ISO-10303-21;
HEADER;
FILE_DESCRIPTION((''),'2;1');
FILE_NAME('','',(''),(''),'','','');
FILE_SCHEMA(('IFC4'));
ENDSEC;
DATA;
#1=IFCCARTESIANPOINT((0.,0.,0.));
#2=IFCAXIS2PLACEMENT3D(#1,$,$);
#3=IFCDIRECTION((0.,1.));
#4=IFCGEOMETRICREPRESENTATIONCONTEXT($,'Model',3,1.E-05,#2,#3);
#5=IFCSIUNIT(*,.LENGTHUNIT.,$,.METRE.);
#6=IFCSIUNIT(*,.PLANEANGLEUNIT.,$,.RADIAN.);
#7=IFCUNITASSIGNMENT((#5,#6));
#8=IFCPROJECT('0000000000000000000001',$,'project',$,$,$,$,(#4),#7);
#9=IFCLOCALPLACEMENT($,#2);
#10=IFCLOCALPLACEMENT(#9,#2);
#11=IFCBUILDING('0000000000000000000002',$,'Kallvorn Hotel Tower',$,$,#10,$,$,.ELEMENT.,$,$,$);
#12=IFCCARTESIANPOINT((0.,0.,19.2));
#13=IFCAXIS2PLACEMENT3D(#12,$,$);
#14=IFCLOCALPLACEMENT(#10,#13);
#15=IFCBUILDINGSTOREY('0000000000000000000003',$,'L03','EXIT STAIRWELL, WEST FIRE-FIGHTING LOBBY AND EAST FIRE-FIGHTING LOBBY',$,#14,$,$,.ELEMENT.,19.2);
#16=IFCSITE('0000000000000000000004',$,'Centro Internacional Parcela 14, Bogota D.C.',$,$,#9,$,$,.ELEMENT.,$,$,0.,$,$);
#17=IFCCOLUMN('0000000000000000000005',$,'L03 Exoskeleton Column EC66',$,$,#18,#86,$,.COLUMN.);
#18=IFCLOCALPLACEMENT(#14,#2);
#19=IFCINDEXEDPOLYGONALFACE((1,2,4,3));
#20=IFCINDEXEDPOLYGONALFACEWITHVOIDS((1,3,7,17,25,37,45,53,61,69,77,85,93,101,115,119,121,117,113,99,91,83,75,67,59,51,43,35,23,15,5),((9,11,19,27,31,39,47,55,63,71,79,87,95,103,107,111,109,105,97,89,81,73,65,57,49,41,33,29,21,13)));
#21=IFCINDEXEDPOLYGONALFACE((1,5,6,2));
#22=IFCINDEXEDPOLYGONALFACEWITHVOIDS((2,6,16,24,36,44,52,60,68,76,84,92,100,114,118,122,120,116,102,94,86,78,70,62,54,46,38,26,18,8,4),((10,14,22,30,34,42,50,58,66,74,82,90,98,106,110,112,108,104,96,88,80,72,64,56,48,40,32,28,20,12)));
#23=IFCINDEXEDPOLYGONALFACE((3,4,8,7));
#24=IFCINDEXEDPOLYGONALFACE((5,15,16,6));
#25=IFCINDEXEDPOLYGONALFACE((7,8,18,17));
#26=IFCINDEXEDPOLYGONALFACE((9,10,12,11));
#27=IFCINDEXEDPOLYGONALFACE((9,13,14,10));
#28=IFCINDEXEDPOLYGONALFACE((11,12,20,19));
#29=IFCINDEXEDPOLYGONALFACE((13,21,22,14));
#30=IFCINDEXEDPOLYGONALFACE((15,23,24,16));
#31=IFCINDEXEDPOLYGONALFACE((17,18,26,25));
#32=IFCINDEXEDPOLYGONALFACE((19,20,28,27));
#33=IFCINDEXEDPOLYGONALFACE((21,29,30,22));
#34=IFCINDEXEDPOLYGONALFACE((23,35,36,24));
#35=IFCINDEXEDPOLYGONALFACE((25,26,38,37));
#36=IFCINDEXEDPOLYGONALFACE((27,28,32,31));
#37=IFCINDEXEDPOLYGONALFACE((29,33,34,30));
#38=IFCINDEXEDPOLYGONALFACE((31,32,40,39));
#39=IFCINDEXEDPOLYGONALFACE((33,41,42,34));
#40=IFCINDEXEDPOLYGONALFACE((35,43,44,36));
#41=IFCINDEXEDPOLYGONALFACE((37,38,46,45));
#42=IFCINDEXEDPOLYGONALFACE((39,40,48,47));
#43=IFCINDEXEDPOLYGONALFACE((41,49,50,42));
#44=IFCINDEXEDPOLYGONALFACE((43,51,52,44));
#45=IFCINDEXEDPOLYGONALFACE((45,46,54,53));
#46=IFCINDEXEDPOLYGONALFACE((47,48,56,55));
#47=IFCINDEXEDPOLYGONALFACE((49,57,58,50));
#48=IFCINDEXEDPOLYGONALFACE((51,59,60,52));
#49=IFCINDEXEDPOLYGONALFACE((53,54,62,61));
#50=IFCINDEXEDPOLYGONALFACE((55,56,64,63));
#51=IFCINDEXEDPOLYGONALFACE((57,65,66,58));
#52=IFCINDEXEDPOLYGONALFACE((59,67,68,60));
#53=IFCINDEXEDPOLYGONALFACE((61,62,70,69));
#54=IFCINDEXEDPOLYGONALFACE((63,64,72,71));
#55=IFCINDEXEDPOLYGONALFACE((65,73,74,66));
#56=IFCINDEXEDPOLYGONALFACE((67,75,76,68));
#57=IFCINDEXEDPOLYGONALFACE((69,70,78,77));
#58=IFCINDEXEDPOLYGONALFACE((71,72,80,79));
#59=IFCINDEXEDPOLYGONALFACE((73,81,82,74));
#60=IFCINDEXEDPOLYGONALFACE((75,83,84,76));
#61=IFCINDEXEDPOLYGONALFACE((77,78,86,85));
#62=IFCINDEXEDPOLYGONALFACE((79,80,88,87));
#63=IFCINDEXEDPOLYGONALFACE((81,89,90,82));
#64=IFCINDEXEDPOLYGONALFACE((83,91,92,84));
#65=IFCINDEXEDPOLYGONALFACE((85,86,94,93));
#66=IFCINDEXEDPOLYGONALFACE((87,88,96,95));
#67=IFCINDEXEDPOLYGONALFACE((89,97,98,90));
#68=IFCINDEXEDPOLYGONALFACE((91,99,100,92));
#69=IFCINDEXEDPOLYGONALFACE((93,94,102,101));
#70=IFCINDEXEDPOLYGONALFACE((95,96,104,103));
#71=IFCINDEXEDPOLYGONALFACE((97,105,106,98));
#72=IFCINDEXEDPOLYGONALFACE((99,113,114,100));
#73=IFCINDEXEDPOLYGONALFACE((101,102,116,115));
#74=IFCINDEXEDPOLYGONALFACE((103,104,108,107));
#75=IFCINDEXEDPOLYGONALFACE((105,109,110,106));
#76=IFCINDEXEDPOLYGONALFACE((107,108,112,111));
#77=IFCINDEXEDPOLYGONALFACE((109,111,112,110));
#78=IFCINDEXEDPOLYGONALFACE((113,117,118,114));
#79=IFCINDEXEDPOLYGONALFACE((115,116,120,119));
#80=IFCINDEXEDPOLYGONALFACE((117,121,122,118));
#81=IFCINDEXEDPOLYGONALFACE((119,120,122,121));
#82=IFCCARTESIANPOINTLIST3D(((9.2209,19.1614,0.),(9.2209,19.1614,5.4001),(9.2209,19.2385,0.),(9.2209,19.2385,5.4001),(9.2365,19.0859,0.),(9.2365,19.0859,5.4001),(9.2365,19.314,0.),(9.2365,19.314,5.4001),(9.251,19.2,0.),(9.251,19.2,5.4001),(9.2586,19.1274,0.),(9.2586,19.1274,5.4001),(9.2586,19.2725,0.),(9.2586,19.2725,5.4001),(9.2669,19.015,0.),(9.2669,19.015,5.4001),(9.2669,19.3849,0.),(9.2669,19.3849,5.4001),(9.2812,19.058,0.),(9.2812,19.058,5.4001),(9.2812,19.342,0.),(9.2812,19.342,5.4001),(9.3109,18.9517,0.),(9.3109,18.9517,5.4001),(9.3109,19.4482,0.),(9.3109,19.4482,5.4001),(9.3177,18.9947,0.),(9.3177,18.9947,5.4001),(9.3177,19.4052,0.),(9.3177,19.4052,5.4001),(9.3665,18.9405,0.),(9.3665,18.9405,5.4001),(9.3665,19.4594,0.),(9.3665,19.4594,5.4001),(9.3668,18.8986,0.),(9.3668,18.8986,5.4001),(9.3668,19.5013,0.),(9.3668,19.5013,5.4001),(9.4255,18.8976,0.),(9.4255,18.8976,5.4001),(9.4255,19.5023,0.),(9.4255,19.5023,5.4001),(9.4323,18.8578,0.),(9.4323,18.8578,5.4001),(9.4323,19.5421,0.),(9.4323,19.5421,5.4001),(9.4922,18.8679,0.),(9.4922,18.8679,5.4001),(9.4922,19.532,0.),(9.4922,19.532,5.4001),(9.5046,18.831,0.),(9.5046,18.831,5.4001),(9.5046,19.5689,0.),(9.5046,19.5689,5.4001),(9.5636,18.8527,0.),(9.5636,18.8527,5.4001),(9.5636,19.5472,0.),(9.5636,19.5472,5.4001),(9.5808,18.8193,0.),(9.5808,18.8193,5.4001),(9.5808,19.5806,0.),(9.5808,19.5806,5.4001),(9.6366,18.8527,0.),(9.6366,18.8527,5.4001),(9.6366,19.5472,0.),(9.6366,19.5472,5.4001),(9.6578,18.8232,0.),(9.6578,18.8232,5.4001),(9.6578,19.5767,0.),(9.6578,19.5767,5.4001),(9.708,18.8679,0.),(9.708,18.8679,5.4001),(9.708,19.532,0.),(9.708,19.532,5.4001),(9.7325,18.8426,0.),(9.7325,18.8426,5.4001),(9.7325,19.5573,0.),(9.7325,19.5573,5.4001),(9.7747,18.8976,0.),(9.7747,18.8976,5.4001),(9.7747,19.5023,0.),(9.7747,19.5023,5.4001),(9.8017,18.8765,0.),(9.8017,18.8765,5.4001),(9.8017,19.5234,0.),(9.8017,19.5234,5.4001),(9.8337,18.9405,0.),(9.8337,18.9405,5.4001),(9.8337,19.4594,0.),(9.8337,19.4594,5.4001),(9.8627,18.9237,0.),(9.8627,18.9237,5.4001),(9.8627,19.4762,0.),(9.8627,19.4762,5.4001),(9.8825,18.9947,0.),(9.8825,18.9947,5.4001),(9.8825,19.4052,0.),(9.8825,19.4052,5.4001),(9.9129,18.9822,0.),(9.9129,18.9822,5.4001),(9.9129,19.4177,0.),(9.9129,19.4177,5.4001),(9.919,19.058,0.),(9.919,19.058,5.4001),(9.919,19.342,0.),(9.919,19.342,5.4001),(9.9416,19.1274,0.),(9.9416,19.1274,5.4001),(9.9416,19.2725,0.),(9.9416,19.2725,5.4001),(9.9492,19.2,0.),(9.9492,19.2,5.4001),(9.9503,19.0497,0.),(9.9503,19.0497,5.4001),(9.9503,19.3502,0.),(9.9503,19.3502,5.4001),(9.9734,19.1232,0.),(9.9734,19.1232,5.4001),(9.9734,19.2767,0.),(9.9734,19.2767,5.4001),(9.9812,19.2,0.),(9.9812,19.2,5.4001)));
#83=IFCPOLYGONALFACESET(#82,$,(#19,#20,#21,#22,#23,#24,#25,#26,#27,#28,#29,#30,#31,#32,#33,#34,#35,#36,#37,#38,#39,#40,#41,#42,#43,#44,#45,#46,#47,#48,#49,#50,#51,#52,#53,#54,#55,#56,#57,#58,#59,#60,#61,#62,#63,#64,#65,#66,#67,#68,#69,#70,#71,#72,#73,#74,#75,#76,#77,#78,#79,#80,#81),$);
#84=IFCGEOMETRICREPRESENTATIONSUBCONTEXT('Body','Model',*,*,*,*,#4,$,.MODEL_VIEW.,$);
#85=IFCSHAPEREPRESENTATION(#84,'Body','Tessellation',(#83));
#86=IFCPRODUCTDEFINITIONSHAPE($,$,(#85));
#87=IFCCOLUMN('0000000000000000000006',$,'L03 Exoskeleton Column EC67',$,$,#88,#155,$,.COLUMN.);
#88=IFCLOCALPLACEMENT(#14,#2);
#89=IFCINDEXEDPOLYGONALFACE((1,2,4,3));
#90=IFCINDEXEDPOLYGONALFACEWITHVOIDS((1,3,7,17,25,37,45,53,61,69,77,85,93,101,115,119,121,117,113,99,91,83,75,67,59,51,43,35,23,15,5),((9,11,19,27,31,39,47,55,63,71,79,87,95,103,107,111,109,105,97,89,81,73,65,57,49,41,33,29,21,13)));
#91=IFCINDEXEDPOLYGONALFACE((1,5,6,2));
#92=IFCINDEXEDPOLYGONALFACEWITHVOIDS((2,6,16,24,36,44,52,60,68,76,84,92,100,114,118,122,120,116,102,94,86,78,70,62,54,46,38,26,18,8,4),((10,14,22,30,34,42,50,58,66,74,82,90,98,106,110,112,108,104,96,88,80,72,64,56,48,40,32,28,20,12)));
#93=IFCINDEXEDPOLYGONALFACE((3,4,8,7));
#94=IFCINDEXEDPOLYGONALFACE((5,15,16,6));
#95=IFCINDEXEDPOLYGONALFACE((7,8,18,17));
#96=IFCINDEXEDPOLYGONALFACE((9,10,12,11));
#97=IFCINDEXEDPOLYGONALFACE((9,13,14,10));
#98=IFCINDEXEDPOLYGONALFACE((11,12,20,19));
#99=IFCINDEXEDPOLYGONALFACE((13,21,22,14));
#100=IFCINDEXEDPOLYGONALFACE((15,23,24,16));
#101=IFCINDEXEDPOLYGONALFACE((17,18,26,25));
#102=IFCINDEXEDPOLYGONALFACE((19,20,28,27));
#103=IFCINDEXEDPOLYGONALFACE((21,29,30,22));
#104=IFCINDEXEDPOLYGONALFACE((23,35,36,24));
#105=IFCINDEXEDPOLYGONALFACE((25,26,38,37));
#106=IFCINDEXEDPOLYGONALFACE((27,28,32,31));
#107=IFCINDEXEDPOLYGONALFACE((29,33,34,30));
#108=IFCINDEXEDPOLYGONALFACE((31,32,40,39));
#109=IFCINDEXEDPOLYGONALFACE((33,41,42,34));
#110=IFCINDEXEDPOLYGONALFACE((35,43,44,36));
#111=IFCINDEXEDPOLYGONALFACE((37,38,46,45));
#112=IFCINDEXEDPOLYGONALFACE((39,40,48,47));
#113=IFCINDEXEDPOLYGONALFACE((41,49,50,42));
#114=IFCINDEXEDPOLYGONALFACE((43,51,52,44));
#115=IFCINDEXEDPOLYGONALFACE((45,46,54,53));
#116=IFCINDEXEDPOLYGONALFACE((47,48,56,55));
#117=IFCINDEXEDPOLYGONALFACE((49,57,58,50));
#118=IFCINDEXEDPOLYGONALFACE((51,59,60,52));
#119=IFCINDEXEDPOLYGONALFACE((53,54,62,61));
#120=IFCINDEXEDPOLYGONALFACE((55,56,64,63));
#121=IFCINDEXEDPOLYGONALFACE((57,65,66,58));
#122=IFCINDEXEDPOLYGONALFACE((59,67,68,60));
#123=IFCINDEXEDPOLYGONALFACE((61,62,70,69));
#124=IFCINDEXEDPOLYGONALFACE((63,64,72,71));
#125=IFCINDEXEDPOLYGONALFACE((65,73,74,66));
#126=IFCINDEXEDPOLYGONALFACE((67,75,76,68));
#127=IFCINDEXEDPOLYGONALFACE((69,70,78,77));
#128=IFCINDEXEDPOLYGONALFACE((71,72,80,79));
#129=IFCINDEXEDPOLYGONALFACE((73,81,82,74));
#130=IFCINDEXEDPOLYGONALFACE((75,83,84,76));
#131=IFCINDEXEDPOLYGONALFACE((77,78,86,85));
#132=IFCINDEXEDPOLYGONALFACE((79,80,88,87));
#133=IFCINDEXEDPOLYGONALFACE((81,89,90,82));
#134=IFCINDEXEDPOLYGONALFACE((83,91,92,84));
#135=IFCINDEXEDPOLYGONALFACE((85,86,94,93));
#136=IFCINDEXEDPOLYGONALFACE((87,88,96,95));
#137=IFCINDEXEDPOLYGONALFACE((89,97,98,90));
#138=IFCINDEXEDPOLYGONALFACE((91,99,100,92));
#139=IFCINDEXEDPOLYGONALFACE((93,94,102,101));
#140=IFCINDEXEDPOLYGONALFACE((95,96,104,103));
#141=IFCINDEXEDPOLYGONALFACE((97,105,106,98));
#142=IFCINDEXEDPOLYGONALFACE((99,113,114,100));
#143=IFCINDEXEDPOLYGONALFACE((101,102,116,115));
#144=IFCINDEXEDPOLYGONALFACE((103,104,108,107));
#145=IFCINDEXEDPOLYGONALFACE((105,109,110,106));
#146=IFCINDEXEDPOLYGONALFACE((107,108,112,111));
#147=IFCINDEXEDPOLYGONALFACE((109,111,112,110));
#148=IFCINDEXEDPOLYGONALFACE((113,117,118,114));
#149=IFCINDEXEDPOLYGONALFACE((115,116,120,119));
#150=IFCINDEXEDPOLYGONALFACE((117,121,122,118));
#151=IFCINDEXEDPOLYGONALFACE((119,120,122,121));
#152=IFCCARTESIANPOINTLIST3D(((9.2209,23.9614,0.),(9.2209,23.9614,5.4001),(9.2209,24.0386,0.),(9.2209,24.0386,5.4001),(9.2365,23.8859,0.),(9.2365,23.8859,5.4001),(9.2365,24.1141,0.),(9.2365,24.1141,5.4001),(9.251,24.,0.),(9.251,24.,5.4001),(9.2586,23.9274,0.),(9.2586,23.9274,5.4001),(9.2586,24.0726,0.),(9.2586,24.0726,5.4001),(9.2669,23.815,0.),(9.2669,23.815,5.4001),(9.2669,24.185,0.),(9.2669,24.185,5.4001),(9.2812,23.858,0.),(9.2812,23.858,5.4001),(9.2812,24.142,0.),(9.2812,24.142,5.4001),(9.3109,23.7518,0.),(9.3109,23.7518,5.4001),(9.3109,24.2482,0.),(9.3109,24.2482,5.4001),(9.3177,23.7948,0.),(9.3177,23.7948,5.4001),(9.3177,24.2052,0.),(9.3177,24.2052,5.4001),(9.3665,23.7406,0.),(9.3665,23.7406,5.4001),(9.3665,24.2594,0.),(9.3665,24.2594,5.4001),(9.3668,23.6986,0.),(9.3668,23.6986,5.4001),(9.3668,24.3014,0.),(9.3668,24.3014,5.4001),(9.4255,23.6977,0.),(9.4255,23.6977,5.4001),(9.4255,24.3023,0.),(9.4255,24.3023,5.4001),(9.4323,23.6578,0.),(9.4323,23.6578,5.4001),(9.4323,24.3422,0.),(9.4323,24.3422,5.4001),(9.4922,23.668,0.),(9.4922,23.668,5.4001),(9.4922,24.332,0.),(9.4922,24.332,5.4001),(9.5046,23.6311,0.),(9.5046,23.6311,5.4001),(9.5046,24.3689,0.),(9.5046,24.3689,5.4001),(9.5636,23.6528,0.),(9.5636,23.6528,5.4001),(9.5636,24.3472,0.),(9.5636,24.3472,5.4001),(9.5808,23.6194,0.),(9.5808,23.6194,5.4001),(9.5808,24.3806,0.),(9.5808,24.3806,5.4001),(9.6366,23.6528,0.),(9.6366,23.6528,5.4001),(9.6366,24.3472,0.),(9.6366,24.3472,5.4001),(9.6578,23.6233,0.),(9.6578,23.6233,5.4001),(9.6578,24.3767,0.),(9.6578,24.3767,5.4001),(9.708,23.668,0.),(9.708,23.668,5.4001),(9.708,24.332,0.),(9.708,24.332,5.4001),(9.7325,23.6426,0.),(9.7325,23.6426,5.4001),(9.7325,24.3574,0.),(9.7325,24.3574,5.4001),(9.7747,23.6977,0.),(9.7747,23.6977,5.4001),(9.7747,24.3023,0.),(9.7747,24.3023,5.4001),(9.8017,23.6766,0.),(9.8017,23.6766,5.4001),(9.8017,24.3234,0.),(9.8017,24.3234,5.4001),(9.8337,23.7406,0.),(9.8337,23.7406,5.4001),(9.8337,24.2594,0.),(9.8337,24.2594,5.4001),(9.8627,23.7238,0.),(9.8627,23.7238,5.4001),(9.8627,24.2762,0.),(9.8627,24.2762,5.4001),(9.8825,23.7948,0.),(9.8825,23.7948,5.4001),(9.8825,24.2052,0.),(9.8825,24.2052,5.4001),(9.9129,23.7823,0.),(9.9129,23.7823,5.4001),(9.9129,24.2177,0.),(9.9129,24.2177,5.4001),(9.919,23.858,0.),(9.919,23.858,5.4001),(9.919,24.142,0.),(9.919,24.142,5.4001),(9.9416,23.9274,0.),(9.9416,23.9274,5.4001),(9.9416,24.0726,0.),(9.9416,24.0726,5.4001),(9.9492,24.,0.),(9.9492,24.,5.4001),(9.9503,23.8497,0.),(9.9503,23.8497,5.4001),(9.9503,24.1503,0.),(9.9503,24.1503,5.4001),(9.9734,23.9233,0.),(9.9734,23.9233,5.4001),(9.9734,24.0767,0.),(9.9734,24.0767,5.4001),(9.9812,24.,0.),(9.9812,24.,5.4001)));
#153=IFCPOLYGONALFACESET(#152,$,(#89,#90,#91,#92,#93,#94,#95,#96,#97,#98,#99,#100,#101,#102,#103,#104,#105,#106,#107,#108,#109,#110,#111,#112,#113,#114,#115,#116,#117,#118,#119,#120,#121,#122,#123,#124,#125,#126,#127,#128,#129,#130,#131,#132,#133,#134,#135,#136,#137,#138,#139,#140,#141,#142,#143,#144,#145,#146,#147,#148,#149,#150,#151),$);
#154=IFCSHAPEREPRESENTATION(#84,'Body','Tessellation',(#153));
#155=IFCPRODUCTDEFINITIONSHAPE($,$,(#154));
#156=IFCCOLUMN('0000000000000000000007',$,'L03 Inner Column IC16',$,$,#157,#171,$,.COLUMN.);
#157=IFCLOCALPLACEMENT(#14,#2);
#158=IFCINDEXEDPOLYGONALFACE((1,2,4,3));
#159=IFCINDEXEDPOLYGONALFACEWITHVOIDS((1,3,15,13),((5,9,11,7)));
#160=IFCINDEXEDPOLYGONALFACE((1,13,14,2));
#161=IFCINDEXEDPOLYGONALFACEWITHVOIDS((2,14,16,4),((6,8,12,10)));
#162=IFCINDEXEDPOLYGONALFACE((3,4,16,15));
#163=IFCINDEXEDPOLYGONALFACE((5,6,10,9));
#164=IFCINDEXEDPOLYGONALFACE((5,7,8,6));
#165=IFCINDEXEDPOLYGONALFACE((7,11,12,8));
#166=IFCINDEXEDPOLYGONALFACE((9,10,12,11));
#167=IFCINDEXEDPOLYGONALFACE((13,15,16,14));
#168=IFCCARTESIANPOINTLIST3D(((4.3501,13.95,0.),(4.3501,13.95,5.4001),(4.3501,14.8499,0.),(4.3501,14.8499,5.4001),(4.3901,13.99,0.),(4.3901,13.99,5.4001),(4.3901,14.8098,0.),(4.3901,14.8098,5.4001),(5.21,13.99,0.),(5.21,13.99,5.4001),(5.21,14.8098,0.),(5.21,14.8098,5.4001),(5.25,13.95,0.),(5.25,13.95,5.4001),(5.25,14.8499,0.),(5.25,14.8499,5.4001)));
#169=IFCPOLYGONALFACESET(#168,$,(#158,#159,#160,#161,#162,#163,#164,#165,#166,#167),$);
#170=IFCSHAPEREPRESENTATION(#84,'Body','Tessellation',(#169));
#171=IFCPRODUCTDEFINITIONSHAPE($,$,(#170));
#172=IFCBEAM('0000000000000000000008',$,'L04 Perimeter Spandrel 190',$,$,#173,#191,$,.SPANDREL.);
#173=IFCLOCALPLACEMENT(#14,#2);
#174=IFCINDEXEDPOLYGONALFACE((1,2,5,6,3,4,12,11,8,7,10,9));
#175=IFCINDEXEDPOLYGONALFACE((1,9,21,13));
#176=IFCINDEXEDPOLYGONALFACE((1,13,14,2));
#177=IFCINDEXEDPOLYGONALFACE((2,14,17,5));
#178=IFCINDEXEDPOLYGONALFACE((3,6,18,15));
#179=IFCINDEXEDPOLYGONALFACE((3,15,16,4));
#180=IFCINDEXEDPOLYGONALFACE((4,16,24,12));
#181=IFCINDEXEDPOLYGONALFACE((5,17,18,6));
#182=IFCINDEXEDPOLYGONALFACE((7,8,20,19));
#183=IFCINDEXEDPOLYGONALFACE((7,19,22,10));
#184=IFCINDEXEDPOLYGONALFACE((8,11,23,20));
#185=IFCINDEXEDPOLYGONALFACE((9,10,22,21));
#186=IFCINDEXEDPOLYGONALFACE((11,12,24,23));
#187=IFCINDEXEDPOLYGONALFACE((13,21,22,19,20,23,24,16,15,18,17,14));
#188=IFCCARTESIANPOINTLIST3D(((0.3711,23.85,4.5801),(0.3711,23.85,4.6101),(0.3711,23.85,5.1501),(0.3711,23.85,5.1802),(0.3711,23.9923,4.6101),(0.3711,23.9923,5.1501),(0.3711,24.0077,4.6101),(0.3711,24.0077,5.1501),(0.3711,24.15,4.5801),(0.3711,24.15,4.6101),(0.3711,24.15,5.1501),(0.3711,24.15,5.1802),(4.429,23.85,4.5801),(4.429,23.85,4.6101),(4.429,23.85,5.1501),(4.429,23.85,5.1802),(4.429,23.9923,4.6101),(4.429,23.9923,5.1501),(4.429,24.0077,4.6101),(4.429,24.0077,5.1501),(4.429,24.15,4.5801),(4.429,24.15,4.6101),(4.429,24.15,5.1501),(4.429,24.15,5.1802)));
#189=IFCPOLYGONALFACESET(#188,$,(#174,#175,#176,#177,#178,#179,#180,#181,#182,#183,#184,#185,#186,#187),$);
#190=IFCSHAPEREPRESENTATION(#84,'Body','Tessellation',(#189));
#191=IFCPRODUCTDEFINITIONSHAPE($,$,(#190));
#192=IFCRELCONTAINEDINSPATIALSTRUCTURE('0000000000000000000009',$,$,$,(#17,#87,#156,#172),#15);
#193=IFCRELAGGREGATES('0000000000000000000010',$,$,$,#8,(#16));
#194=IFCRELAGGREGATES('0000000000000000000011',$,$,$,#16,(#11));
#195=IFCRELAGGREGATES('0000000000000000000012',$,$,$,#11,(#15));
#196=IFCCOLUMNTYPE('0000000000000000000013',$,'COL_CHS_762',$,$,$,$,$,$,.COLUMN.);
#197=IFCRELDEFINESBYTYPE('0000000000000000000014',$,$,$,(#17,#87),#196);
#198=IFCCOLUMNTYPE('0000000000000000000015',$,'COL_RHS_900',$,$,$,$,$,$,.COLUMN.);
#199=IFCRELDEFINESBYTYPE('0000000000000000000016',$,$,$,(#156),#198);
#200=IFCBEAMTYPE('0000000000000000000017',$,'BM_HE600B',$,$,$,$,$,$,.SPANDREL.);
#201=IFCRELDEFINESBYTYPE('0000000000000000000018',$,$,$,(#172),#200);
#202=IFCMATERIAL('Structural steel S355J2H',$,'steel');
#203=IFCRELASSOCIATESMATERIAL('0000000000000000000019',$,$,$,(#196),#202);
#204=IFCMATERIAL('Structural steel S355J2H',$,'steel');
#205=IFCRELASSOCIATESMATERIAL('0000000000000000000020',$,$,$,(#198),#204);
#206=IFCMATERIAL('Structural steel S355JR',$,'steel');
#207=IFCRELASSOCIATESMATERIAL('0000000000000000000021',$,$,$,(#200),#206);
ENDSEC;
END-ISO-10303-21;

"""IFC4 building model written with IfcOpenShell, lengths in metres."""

from ifc_helpers import new_model, si_unit, direction, frame, origin, origin_2d, place, context, subcontext, project, spatial, hollow_rectangle, hollow_circle, i_section, extrude, material, material_profile, profile_set, type_object, element, save


model = new_model("IFC4")

# Units and contexts
model_context = context("Model", 3, precision=1e-05, world=origin(), true_north=direction((0.0, 1.0)))
body_context = subcontext(model_context, "Body", "Model", "MODEL_VIEW")
ifc_project = project(units=[si_unit("LENGTHUNIT", "METRE"), si_unit("PLANEANGLEUNIT", "RADIAN")], contexts=[model_context])

# Site, building, storey
site_placement = place(None, origin())
site = spatial("IfcSite", under=ifc_project, at=site_placement, Name="Centro Internacional Parcela 14, Bogota D.C.", CompositionType="ELEMENT", RefElevation=0.0)
building_placement = place(site_placement, origin())
building = spatial("IfcBuilding", under=site, at=building_placement, Name="Kallvorn Hotel Tower", CompositionType="ELEMENT")
storey_placement = place(building_placement, frame((0.0, 0.0, 19.2)))
storey = spatial("IfcBuildingStorey", under=building, at=storey_placement, Name="L03", Description="EXIT STAIRWELL, WEST FIRE-FIGHTING LOBBY AND EAST FIRE-FIGHTING LOBBY", CompositionType="ELEMENT", Elevation=19.2)

# Columns
ifc_material_1 = material(Name="Structural steel S355J2H", Category="steel")
ifc_material_profile_1 = material_profile(ifc_material_1, hollow_circle(Radius=0.3811, WallThickness=0.032, at=origin_2d()), Name="CHS 762x32")
ifc_profile_set_1 = profile_set([ifc_material_profile_1], Name="Structural steel S355J2H")
column_type_1 = type_object("IfcColumnType", Name="COL_CHS_762", PredefinedType="COLUMN", material=ifc_profile_set_1)
for number, where, z_axis, x_axis, name in (
    (1, (9.6001, 19.2, 0.0), (0.0, 0.0, 1.0), (1.0, 0.0, 0.0), "L03 Exoskeleton Column EC66"),
    (2, (9.6001, 24.0, 0.0), (0.0, 0.0, 1.0), (1.0, 0.0, 0.0), "L03 Exoskeleton Column EC67"),
):
    element("IfcColumn", number, at=place(storey_placement, frame(where, z_axis=z_axis, x_axis=x_axis)), inside=storey, type_object=column_type_1, Name=name, PredefinedType="COLUMN", context=body_context, shape_type="SweptSolid", body=[
        extrude(hollow_circle(Radius=0.3811, WallThickness=0.032, at=origin_2d()), origin(), (0.0, 0.0, 1.0), 5.4001),
    ])
ifc_material_2 = material(Name="Structural steel S355J2H", Category="steel")
ifc_material_profile_2 = material_profile(ifc_material_2, hollow_rectangle(XDim=0.8999, YDim=0.8999, WallThickness=0.04, at=origin_2d()), Name="RHS 900x900x40")
ifc_profile_set_2 = profile_set([ifc_material_profile_2], Name="Structural steel S355J2H")
column_type_2 = type_object("IfcColumnType", Name="COL_RHS_900", PredefinedType="COLUMN", material=ifc_profile_set_2)
column_placement = place(storey_placement, frame((4.8, 14.3999, 0.0), z_axis=(0.0, 0.0, 1.0), x_axis=(1.0, 0.0, 0.0)))
element("IfcColumn", 3, at=column_placement, inside=storey, type_object=column_type_2, Name="L03 Inner Column IC16", PredefinedType="COLUMN", context=body_context, shape_type="SweptSolid", body=[
    extrude(hollow_rectangle(XDim=0.8999, YDim=0.8999, WallThickness=0.04, at=origin_2d()), origin(), (0.0, 0.0, 1.0), 5.4001),
])

# Beam
ifc_material_3 = material(Name="Structural steel S355JR", Category="steel")
ifc_material_profile_3 = material_profile(ifc_material_3, i_section(OverallWidth=0.3, OverallDepth=0.6001, WebThickness=0.0154, FlangeThickness=0.03, at=origin_2d()), Name="HE 600 B")
ifc_profile_set_3 = profile_set([ifc_material_profile_3], Name="Structural steel S355JR")
beam_type_1 = type_object("IfcBeamType", Name="BM_HE600B", PredefinedType="SPANDREL", material=ifc_profile_set_3)
beam_1_placement = place(storey_placement, frame((0.3711, 24.0, 4.8801), z_axis=(1.0, 0.0, 0.0), x_axis=(0.0, 1.0, 0.0)))
element("IfcBeam", 4, at=beam_1_placement, inside=storey, type_object=beam_type_1, Name="L04 Perimeter Spandrel 190", PredefinedType="SPANDREL", context=body_context, shape_type="SweptSolid", body=[
    extrude(i_section(OverallWidth=0.3, OverallDepth=0.6001, WebThickness=0.0154, FlangeThickness=0.03, at=origin_2d()), origin(), (0.0, 0.0, 1.0), 4.0579),
])

save(model, "model.ifc")
